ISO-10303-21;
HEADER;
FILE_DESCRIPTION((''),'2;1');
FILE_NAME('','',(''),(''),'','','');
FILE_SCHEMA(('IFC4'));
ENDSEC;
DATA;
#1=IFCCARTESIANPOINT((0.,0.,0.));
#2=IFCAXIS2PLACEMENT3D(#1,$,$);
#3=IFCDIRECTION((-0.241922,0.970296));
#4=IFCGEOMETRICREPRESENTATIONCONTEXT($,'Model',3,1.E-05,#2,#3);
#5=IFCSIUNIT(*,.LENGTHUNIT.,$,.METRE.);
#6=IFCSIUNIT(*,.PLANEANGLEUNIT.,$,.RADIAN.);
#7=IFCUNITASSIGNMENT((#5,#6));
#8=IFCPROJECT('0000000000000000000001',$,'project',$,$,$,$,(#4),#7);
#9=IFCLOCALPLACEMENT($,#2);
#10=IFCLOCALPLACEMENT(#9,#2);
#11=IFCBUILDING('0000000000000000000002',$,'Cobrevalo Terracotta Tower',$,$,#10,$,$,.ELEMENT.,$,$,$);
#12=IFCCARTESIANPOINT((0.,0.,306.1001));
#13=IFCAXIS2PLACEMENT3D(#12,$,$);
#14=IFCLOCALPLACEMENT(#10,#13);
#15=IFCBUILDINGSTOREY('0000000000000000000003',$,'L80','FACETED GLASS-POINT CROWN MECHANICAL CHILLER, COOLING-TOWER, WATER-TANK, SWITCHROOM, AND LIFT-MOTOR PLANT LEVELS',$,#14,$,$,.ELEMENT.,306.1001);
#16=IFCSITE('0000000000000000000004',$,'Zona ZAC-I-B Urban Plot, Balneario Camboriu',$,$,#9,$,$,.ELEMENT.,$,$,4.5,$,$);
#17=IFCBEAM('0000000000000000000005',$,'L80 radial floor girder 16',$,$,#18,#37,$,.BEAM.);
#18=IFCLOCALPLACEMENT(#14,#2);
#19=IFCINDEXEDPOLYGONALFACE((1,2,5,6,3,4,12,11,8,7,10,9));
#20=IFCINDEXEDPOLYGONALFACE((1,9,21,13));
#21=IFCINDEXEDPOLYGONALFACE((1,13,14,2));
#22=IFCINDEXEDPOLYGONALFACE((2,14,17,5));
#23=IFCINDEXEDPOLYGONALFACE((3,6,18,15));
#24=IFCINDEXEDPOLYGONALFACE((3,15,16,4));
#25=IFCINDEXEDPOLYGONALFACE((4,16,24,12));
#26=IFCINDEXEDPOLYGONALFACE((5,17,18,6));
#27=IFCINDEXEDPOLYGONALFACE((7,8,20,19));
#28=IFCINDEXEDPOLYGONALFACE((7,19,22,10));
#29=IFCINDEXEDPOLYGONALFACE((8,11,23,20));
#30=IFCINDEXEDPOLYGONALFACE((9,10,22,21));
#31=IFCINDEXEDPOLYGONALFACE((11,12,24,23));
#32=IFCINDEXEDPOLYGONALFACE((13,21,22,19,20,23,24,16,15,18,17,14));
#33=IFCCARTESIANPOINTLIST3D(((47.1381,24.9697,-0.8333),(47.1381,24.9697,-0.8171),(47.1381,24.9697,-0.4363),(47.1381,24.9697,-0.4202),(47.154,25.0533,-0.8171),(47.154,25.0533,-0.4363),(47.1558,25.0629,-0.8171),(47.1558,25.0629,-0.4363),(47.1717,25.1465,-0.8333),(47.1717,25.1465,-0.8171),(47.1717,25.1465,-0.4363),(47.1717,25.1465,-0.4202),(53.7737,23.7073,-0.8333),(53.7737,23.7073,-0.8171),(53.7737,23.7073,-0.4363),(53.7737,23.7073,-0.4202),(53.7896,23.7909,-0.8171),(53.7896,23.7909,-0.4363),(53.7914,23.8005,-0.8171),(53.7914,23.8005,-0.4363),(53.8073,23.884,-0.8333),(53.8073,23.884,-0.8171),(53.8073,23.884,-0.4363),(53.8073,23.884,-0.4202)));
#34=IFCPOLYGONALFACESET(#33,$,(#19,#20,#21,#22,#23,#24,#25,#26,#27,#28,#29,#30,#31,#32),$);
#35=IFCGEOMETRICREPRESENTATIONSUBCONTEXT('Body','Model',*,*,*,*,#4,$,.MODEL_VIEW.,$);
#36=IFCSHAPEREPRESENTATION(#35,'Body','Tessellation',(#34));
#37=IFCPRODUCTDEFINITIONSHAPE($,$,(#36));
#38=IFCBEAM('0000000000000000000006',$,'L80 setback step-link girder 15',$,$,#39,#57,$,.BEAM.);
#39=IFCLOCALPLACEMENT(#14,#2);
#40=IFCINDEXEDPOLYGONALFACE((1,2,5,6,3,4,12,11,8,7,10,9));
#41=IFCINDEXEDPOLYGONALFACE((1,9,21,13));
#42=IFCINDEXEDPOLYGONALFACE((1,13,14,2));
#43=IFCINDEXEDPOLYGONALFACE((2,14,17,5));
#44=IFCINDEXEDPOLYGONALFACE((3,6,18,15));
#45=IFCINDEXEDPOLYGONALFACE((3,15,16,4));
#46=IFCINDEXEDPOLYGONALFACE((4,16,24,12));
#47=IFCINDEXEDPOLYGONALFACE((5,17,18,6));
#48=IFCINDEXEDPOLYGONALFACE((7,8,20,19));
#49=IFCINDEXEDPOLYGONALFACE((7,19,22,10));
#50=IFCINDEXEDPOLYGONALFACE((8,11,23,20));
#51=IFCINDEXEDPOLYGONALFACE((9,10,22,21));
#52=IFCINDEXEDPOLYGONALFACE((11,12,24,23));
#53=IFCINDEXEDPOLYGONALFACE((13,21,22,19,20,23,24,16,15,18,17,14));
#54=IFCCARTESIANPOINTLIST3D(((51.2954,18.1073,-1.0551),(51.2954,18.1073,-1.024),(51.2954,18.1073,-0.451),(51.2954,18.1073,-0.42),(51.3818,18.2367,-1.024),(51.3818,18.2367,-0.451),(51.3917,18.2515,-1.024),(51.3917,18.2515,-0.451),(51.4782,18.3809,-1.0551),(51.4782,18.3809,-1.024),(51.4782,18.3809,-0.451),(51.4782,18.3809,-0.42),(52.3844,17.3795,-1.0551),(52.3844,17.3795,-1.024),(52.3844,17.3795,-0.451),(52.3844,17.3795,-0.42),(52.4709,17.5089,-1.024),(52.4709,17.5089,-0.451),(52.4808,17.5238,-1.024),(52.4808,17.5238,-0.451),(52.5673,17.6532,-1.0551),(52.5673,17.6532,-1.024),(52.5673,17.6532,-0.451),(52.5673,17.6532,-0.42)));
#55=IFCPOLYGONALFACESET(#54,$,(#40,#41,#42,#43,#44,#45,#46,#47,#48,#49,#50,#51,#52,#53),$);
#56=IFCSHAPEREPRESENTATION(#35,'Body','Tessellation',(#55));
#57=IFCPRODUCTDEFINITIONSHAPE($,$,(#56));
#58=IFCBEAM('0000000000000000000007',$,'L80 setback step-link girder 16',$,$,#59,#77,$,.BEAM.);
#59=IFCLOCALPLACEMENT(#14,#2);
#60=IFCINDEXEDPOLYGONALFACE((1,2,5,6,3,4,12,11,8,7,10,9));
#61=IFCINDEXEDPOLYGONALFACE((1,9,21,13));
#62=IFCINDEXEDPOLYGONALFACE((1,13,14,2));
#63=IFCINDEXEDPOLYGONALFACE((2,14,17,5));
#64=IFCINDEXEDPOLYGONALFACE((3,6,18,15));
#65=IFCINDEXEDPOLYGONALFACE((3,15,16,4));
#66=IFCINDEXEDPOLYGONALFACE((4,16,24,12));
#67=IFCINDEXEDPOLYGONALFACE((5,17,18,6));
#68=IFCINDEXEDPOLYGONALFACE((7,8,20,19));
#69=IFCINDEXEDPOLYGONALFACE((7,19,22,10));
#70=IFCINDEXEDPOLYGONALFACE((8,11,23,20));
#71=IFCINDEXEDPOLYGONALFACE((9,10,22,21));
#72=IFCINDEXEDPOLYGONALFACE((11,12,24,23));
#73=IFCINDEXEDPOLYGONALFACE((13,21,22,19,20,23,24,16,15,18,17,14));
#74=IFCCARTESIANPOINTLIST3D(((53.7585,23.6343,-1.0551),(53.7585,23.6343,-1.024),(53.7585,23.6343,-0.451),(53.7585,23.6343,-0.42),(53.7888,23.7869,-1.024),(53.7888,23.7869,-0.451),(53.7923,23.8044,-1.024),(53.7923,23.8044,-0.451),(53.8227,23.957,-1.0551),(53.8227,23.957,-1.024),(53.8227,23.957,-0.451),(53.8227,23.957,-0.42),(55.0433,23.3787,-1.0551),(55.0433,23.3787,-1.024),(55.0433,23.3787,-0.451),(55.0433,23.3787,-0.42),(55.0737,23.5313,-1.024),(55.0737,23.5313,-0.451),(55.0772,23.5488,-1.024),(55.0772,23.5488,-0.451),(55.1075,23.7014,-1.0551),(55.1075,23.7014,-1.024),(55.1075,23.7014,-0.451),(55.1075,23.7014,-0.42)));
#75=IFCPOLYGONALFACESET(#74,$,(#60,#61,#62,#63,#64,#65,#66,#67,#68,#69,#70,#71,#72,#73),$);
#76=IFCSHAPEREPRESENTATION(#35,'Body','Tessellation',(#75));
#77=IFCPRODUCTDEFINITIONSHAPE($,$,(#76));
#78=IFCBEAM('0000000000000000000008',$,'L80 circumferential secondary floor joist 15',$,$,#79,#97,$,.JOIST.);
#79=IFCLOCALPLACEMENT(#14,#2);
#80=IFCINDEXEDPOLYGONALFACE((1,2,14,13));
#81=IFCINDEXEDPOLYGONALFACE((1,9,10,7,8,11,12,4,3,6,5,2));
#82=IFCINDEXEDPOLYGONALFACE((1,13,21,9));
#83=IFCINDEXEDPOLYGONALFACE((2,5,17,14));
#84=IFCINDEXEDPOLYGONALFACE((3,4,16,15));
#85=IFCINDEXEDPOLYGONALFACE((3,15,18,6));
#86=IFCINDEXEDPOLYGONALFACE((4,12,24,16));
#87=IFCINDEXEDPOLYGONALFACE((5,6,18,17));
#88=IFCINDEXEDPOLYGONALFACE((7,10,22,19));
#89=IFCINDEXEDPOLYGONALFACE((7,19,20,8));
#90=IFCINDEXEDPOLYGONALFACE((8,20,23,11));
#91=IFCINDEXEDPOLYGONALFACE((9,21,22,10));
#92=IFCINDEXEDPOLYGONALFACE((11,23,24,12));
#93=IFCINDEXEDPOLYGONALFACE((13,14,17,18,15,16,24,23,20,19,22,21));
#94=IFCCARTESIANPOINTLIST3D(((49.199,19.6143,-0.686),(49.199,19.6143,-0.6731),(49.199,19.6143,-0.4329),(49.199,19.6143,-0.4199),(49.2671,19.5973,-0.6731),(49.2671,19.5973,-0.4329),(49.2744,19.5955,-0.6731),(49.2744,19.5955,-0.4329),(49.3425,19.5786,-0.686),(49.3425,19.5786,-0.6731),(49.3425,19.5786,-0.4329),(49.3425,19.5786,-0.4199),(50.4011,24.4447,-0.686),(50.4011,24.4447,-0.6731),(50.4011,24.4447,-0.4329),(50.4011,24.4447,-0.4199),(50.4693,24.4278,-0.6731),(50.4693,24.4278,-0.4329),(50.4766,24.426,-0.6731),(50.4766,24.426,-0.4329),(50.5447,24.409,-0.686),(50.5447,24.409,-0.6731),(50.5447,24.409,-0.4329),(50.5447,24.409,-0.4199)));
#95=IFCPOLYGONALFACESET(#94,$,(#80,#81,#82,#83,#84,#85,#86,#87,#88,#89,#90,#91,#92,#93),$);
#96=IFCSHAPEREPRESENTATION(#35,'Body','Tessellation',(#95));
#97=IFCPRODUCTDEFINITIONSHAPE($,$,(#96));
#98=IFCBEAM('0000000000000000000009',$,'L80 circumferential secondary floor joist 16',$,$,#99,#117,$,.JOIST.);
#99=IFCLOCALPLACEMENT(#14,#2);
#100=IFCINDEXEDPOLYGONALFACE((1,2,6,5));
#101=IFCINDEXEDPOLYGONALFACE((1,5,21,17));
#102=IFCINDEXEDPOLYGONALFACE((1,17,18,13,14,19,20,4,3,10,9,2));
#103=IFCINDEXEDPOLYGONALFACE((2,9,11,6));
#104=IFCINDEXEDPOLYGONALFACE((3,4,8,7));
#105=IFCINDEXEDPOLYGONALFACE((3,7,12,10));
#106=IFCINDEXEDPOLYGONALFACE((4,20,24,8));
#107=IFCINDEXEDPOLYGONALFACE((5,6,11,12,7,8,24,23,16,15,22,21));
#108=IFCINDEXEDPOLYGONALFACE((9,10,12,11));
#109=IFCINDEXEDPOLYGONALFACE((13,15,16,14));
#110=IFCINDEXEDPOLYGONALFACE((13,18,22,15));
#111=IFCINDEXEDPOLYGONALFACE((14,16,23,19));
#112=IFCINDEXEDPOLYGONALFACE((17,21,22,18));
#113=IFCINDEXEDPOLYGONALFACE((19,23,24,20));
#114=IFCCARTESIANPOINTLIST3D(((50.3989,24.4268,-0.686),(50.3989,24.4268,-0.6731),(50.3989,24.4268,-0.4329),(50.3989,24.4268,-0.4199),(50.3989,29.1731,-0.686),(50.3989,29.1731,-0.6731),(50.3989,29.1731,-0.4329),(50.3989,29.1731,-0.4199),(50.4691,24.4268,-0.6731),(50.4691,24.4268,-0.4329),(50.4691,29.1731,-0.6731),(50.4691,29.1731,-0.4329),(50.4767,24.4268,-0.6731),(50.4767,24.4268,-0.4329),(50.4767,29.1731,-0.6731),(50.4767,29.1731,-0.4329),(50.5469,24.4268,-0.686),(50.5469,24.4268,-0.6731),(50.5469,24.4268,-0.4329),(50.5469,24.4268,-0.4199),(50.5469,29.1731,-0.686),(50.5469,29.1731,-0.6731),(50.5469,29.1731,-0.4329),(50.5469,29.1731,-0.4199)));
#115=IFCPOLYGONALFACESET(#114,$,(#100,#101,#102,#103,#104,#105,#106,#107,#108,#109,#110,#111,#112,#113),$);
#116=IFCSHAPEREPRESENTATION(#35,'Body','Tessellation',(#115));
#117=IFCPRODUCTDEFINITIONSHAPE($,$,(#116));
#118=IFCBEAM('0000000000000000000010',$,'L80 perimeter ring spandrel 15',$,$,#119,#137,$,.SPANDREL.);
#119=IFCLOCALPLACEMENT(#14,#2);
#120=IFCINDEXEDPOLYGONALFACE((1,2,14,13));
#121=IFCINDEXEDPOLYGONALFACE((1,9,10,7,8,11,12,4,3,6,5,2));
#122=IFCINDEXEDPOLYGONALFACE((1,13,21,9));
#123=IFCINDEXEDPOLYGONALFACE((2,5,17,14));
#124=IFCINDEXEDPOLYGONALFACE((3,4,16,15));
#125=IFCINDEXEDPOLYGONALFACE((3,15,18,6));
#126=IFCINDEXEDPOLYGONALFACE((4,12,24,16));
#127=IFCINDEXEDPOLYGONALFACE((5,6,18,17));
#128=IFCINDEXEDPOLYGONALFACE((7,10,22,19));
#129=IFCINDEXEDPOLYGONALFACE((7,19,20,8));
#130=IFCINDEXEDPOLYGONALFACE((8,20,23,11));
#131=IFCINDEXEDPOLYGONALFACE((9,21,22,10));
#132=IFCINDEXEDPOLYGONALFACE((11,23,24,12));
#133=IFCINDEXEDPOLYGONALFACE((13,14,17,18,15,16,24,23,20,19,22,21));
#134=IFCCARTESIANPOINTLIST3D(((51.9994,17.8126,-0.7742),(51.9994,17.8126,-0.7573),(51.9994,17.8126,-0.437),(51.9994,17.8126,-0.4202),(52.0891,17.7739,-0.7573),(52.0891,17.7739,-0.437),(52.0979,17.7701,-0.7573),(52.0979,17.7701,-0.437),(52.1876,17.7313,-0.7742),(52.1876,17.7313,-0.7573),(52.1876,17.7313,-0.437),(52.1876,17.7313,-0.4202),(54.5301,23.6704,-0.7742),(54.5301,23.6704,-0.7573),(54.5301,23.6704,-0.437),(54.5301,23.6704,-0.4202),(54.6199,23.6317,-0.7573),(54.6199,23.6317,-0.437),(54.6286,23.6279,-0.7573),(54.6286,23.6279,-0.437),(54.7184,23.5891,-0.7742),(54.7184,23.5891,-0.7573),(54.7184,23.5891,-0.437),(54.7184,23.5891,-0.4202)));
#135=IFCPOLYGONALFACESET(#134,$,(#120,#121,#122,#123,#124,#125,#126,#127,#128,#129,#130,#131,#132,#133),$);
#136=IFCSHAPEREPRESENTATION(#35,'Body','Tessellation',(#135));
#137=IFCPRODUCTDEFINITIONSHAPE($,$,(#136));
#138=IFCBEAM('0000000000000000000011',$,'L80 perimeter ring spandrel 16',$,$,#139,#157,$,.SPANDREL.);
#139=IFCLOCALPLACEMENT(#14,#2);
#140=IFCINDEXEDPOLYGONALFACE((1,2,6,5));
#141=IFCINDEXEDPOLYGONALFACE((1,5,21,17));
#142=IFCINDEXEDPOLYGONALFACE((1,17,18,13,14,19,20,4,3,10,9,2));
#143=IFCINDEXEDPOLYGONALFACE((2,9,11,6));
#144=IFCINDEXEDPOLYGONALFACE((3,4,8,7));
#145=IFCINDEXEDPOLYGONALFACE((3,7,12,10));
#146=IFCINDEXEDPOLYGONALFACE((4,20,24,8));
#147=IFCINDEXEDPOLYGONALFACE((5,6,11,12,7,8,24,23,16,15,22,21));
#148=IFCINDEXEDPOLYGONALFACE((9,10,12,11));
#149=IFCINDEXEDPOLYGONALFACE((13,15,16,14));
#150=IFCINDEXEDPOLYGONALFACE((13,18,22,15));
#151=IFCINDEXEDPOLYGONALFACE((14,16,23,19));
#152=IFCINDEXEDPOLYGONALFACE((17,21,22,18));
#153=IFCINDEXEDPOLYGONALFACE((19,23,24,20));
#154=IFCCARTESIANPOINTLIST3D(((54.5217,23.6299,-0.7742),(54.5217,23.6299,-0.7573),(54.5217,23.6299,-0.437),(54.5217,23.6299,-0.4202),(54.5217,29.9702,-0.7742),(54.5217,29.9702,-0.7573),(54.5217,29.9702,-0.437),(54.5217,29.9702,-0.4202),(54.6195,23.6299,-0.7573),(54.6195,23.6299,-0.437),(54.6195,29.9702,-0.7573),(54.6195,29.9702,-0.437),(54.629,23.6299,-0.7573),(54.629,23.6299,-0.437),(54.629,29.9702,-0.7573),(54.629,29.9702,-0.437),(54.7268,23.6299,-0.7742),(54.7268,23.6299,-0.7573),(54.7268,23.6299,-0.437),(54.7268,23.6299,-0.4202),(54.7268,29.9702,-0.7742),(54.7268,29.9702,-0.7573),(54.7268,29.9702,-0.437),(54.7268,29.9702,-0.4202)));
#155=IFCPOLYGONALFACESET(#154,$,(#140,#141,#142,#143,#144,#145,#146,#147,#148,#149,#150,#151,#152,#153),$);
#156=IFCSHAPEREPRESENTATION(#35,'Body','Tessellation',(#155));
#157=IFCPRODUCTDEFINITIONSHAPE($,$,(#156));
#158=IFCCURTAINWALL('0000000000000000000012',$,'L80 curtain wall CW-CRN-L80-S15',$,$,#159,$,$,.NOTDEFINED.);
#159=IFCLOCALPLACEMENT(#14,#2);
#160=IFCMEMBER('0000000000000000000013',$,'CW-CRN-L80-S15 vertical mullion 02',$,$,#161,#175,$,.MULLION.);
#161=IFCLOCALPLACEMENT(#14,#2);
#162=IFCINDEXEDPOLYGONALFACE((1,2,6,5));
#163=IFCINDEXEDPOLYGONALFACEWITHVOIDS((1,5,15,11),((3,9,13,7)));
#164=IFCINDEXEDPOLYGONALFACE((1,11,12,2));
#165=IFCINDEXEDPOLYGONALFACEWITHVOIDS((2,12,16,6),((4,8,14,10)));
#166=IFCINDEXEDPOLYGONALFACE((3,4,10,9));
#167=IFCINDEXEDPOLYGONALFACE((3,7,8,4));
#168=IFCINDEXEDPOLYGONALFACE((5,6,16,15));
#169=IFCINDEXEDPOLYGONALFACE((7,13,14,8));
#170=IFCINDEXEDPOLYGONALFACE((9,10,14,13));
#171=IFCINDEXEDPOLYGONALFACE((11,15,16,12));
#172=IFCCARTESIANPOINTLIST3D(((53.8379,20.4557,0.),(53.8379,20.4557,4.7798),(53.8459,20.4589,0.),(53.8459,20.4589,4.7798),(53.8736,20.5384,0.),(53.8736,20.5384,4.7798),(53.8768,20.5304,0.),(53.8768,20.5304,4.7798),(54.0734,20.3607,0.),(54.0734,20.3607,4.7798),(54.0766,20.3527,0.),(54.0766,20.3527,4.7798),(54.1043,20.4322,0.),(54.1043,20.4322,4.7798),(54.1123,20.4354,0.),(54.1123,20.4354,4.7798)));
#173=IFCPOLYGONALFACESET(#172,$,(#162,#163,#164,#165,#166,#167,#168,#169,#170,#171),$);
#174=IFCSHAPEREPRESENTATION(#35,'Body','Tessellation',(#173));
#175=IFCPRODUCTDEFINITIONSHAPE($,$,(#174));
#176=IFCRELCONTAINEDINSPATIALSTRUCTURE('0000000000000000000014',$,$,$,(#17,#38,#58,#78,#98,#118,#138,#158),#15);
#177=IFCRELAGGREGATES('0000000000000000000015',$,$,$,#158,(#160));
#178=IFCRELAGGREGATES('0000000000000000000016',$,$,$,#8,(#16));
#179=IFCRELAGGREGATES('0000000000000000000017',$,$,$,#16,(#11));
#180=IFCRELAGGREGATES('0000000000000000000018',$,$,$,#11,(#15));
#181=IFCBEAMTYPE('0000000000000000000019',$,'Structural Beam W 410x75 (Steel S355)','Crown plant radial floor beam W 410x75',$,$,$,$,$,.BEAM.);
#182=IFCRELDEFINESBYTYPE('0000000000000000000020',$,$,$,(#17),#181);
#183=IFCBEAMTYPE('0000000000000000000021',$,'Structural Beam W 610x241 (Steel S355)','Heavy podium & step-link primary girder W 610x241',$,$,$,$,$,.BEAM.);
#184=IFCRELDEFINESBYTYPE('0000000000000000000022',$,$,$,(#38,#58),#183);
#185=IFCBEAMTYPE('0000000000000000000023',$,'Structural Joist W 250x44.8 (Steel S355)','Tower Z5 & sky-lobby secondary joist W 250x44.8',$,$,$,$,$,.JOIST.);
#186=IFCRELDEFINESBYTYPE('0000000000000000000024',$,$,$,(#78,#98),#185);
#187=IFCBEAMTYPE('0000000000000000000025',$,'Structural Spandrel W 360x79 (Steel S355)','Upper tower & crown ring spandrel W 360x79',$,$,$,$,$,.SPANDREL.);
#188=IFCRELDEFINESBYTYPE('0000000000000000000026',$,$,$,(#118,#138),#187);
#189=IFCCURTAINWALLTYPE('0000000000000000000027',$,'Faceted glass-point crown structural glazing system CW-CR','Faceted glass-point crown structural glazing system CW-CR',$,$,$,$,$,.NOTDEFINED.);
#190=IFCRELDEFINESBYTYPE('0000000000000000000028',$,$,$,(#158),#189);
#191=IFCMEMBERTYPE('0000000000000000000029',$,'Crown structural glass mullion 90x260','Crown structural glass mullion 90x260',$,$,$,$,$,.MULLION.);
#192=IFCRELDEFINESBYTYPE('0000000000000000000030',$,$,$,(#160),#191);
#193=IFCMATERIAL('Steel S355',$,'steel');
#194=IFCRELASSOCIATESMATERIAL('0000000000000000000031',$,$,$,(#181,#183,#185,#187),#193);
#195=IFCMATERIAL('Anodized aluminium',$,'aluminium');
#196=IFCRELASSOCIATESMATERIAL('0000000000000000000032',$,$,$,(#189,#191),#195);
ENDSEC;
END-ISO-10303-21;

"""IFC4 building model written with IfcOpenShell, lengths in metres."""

from ifc_helpers import new_model, si_unit, direction, frame, origin, origin_2d, place, context, subcontext, project, spatial, hollow_rectangle, i_section, extrude, source, transform, mapped, material, material_profile, profile_set, type_object, element, aggregate, save


model = new_model("IFC4")

# Units and contexts
model_context = context("Model", 3, precision=1e-05, world=origin(), true_north=direction((-0.241922, 0.970296)))
body_context = subcontext(model_context, "Body", "Model", "MODEL_VIEW")
ifc_project = project(units=[si_unit("LENGTHUNIT", "METRE"), si_unit("PLANEANGLEUNIT", "RADIAN")], contexts=[model_context])

# Site, building, storey
site_placement = place(None, origin())
site = spatial("IfcSite", under=ifc_project, at=site_placement, Name="Zona ZAC-I-B Urban Plot, Balneario Camboriu", CompositionType="ELEMENT", RefElevation=4.5)
building_placement = place(site_placement, origin())
building = spatial("IfcBuilding", under=site, at=building_placement, Name="Cobrevalo Terracotta Tower", CompositionType="ELEMENT")
storey_placement = place(building_placement, frame((0.0, 0.0, 306.1001)))
storey = spatial("IfcBuildingStorey", under=building, at=storey_placement, Name="L80", Description="FACETED GLASS-POINT CROWN MECHANICAL CHILLER, COOLING-TOWER, WATER-TANK, SWITCHROOM, AND LIFT-MOTOR PLANT LEVELS", CompositionType="ELEMENT", Elevation=306.1001)

# Shared definitions
ifc_material_1 = material(Name="Steel S355", Category="steel")

# Beams
ifc_material_profile_1 = material_profile(ifc_material_1, i_section(OverallWidth=0.1799, OverallDepth=0.4131, WebThickness=0.0098, FlangeThickness=0.0161, at=origin_2d()), Name="W 410x75")
ifc_profile_set_1 = profile_set([ifc_material_profile_1], Name="Steel S355")
beam_type_1 = type_object("IfcBeamType", Name="Structural Beam W 410x75 (Steel S355)", Description="Crown plant radial floor beam W 410x75", PredefinedType="BEAM", material=ifc_profile_set_1)
beam_1_placement = place(storey_placement, frame((53.7905, 23.7957, -0.6267), z_axis=(-0.982378, 0.186904, 0.0), x_axis=(-0.186904, -0.982378, 0.0)))
element("IfcBeam", 1, at=beam_1_placement, inside=storey, type_object=beam_type_1, Name="L80 radial floor girder 16", PredefinedType="BEAM", context=body_context, shape_type="SweptSolid", body=[
    extrude(i_section(OverallWidth=0.1799, OverallDepth=0.4131, WebThickness=0.0098, FlangeThickness=0.0161, at=origin_2d()), origin(), (0.0, 0.0, 1.0), 6.7546),
])
ifc_material_profile_2 = material_profile(ifc_material_1, i_section(OverallWidth=0.3291, OverallDepth=0.635, WebThickness=0.0178, FlangeThickness=0.031, at=origin_2d()), Name="W 610x241")
ifc_profile_set_2 = profile_set([ifc_material_profile_2], Name="Steel S355")
beam_type_2 = type_object("IfcBeamType", Name="Structural Beam W 610x241 (Steel S355)", Description="Heavy podium & step-link primary girder W 610x241", PredefinedType="BEAM", material=ifc_profile_set_2)
beam_2_placement = place(storey_placement, frame((52.4758, 17.5164, -0.7375), z_axis=(-0.831448, 0.555603, 0.0), x_axis=(-0.555603, -0.831448, 0.0)))
element("IfcBeam", 2, at=beam_2_placement, inside=storey, type_object=beam_type_2, Name="L80 setback step-link girder 15", PredefinedType="BEAM", context=body_context, shape_type="SweptSolid", body=[
    extrude(i_section(OverallWidth=0.3291, OverallDepth=0.635, WebThickness=0.0178, FlangeThickness=0.031, at=origin_2d()), origin(), (0.0, 0.0, 1.0), 1.3098),
])
beam_3_placement = place(storey_placement, frame((55.0754, 23.54, -0.7375), z_axis=(-0.980781, 0.195113, 0.0), x_axis=(-0.195113, -0.980781, 0.0)))
element("IfcBeam", 3, at=beam_3_placement, inside=storey, type_object=beam_type_2, Name="L80 setback step-link girder 16", PredefinedType="BEAM", context=body_context, shape_type="SweptSolid", body=[
    extrude(i_section(OverallWidth=0.3291, OverallDepth=0.635, WebThickness=0.0178, FlangeThickness=0.031, at=origin_2d()), origin(), (0.0, 0.0, 1.0), 1.3101),
])
ifc_material_profile_3 = material_profile(ifc_material_1, i_section(OverallWidth=0.1479, OverallDepth=0.2661, WebThickness=0.0076, FlangeThickness=0.0129, at=origin_2d()), Name="W 250x44.8")
ifc_profile_set_3 = profile_set([ifc_material_profile_3], Name="Steel S355")
beam_type_3 = type_object("IfcBeamType", Name="Structural Joist W 250x44.8 (Steel S355)", Description="Tower Z5 & sky-lobby secondary joist W 250x44.8", PredefinedType="JOIST", material=ifc_profile_set_3)
beam_4_placement = place(storey_placement, frame((49.2708, 19.5964, -0.553), z_axis=(0.241508, 0.970399, 0.0), x_axis=(-0.970399, 0.241508, 0.0)))
element("IfcBeam", 4, at=beam_4_placement, inside=storey, type_object=beam_type_3, Name="L80 circumferential secondary floor joist 15", PredefinedType="JOIST", context=body_context, shape_type="SweptSolid", body=[
    extrude(i_section(OverallWidth=0.1479, OverallDepth=0.2661, WebThickness=0.0076, FlangeThickness=0.0129, at=origin_2d()), origin(), (0.0, 0.0, 1.0), 4.9778),
])
beam_5_placement = place(storey_placement, frame((50.4729, 24.4268, -0.553), z_axis=(0.0, 1.0, 0.0), x_axis=(-1.0, 0.0, 0.0)))
element("IfcBeam", 5, at=beam_5_placement, inside=storey, type_object=beam_type_3, Name="L80 circumferential secondary floor joist 16", PredefinedType="JOIST", context=body_context, shape_type="SweptSolid", body=[
    extrude(i_section(OverallWidth=0.1479, OverallDepth=0.2661, WebThickness=0.0076, FlangeThickness=0.0129, at=origin_2d()), origin(), (0.0, 0.0, 1.0), 4.7463),
])
ifc_material_profile_4 = material_profile(ifc_material_1, i_section(OverallWidth=0.2051, OverallDepth=0.354, WebThickness=0.0095, FlangeThickness=0.0168, at=origin_2d()), Name="W 360x79")
ifc_profile_set_4 = profile_set([ifc_material_profile_4], Name="Steel S355")
beam_type_4 = type_object("IfcBeamType", Name="Structural Spandrel W 360x79 (Steel S355)", Description="Upper tower & crown ring spandrel W 360x79", PredefinedType="SPANDREL", material=ifc_profile_set_4)
beam_6_placement = place(storey_placement, frame((52.0935, 17.772, -0.5972), z_axis=(0.396596, 0.917993, 0.0), x_axis=(-0.917993, 0.396596, 0.0)))
element("IfcBeam", 6, at=beam_6_placement, inside=storey, type_object=beam_type_4, Name="L80 perimeter ring spandrel 15", PredefinedType="SPANDREL", context=body_context, shape_type="SweptSolid", body=[
    extrude(i_section(OverallWidth=0.2051, OverallDepth=0.354, WebThickness=0.0095, FlangeThickness=0.0168, at=origin_2d()), origin(), (0.0, 0.0, 1.0), 6.3811),
])
beam_7_placement = place(storey_placement, frame((54.6243, 23.6299, -0.5972), z_axis=(0.0, 1.0, 0.0), x_axis=(-1.0, 0.0, 0.0)))
element("IfcBeam", 7, at=beam_7_placement, inside=storey, type_object=beam_type_4, Name="L80 perimeter ring spandrel 16", PredefinedType="SPANDREL", context=body_context, shape_type="SweptSolid", body=[
    extrude(i_section(OverallWidth=0.2051, OverallDepth=0.354, WebThickness=0.0095, FlangeThickness=0.0168, at=origin_2d()), origin(), (0.0, 0.0, 1.0), 6.3403),
])

# Curtain wall, member
ifc_material_2 = material(Name="Anodized aluminium", Category="aluminium")
curtain_wall_type = type_object("IfcCurtainWallType", Name="Faceted glass-point crown structural glazing system CW-CR", Description="Faceted glass-point crown structural glazing system CW-CR", PredefinedType="NOTDEFINED", material=ifc_material_2)
curtain_wall_1_placement = place(storey_placement, origin())
curtain_wall_1 = element("IfcCurtainWall", 8, at=curtain_wall_1_placement, inside=storey, type_object=curtain_wall_type, Name="L80 curtain wall CW-CRN-L80-S15", PredefinedType="NOTDEFINED")
ifc_material_profile_5 = material_profile(ifc_material_2, hollow_rectangle(XDim=0.0901, YDim=0.26, WallThickness=0.0061, at=origin_2d()), Name="CWM 90x260")
ifc_profile_set_5 = profile_set([ifc_material_profile_5], Name="Anodized aluminium")
member_type_1 = type_object("IfcMemberType", Name="Crown structural glass mullion 90x260", Description="Crown structural glass mullion 90x260", PredefinedType="MULLION", material=ifc_profile_set_5)
shared_shape_1 = source(origin(), body_context, "Body", "SweptSolid", [
    extrude(hollow_rectangle(XDim=0.0901, YDim=0.26, WallThickness=0.0061, at=origin_2d()), origin(), (0.0, 0.0, 1.0), 4.7798),
])
member_1_placement = place(storey_placement, frame((53.9751, 20.4456, 0.0), z_axis=(0.0, 0.0, 1.0), x_axis=(0.396058, 0.918225, 0.0)))
member_1 = element("IfcMember", 9, at=member_1_placement, type_object=member_type_1, Name="CW-CRN-L80-S15 vertical mullion 02", PredefinedType="MULLION", context=body_context, shape_type="MappedRepresentation", body=[
    mapped(shared_shape_1, transform((0.0, 0.0, 0.0), scale=1.0)),
])

aggregate(curtain_wall_1, [member_1])

save(model, "model.ifc")
